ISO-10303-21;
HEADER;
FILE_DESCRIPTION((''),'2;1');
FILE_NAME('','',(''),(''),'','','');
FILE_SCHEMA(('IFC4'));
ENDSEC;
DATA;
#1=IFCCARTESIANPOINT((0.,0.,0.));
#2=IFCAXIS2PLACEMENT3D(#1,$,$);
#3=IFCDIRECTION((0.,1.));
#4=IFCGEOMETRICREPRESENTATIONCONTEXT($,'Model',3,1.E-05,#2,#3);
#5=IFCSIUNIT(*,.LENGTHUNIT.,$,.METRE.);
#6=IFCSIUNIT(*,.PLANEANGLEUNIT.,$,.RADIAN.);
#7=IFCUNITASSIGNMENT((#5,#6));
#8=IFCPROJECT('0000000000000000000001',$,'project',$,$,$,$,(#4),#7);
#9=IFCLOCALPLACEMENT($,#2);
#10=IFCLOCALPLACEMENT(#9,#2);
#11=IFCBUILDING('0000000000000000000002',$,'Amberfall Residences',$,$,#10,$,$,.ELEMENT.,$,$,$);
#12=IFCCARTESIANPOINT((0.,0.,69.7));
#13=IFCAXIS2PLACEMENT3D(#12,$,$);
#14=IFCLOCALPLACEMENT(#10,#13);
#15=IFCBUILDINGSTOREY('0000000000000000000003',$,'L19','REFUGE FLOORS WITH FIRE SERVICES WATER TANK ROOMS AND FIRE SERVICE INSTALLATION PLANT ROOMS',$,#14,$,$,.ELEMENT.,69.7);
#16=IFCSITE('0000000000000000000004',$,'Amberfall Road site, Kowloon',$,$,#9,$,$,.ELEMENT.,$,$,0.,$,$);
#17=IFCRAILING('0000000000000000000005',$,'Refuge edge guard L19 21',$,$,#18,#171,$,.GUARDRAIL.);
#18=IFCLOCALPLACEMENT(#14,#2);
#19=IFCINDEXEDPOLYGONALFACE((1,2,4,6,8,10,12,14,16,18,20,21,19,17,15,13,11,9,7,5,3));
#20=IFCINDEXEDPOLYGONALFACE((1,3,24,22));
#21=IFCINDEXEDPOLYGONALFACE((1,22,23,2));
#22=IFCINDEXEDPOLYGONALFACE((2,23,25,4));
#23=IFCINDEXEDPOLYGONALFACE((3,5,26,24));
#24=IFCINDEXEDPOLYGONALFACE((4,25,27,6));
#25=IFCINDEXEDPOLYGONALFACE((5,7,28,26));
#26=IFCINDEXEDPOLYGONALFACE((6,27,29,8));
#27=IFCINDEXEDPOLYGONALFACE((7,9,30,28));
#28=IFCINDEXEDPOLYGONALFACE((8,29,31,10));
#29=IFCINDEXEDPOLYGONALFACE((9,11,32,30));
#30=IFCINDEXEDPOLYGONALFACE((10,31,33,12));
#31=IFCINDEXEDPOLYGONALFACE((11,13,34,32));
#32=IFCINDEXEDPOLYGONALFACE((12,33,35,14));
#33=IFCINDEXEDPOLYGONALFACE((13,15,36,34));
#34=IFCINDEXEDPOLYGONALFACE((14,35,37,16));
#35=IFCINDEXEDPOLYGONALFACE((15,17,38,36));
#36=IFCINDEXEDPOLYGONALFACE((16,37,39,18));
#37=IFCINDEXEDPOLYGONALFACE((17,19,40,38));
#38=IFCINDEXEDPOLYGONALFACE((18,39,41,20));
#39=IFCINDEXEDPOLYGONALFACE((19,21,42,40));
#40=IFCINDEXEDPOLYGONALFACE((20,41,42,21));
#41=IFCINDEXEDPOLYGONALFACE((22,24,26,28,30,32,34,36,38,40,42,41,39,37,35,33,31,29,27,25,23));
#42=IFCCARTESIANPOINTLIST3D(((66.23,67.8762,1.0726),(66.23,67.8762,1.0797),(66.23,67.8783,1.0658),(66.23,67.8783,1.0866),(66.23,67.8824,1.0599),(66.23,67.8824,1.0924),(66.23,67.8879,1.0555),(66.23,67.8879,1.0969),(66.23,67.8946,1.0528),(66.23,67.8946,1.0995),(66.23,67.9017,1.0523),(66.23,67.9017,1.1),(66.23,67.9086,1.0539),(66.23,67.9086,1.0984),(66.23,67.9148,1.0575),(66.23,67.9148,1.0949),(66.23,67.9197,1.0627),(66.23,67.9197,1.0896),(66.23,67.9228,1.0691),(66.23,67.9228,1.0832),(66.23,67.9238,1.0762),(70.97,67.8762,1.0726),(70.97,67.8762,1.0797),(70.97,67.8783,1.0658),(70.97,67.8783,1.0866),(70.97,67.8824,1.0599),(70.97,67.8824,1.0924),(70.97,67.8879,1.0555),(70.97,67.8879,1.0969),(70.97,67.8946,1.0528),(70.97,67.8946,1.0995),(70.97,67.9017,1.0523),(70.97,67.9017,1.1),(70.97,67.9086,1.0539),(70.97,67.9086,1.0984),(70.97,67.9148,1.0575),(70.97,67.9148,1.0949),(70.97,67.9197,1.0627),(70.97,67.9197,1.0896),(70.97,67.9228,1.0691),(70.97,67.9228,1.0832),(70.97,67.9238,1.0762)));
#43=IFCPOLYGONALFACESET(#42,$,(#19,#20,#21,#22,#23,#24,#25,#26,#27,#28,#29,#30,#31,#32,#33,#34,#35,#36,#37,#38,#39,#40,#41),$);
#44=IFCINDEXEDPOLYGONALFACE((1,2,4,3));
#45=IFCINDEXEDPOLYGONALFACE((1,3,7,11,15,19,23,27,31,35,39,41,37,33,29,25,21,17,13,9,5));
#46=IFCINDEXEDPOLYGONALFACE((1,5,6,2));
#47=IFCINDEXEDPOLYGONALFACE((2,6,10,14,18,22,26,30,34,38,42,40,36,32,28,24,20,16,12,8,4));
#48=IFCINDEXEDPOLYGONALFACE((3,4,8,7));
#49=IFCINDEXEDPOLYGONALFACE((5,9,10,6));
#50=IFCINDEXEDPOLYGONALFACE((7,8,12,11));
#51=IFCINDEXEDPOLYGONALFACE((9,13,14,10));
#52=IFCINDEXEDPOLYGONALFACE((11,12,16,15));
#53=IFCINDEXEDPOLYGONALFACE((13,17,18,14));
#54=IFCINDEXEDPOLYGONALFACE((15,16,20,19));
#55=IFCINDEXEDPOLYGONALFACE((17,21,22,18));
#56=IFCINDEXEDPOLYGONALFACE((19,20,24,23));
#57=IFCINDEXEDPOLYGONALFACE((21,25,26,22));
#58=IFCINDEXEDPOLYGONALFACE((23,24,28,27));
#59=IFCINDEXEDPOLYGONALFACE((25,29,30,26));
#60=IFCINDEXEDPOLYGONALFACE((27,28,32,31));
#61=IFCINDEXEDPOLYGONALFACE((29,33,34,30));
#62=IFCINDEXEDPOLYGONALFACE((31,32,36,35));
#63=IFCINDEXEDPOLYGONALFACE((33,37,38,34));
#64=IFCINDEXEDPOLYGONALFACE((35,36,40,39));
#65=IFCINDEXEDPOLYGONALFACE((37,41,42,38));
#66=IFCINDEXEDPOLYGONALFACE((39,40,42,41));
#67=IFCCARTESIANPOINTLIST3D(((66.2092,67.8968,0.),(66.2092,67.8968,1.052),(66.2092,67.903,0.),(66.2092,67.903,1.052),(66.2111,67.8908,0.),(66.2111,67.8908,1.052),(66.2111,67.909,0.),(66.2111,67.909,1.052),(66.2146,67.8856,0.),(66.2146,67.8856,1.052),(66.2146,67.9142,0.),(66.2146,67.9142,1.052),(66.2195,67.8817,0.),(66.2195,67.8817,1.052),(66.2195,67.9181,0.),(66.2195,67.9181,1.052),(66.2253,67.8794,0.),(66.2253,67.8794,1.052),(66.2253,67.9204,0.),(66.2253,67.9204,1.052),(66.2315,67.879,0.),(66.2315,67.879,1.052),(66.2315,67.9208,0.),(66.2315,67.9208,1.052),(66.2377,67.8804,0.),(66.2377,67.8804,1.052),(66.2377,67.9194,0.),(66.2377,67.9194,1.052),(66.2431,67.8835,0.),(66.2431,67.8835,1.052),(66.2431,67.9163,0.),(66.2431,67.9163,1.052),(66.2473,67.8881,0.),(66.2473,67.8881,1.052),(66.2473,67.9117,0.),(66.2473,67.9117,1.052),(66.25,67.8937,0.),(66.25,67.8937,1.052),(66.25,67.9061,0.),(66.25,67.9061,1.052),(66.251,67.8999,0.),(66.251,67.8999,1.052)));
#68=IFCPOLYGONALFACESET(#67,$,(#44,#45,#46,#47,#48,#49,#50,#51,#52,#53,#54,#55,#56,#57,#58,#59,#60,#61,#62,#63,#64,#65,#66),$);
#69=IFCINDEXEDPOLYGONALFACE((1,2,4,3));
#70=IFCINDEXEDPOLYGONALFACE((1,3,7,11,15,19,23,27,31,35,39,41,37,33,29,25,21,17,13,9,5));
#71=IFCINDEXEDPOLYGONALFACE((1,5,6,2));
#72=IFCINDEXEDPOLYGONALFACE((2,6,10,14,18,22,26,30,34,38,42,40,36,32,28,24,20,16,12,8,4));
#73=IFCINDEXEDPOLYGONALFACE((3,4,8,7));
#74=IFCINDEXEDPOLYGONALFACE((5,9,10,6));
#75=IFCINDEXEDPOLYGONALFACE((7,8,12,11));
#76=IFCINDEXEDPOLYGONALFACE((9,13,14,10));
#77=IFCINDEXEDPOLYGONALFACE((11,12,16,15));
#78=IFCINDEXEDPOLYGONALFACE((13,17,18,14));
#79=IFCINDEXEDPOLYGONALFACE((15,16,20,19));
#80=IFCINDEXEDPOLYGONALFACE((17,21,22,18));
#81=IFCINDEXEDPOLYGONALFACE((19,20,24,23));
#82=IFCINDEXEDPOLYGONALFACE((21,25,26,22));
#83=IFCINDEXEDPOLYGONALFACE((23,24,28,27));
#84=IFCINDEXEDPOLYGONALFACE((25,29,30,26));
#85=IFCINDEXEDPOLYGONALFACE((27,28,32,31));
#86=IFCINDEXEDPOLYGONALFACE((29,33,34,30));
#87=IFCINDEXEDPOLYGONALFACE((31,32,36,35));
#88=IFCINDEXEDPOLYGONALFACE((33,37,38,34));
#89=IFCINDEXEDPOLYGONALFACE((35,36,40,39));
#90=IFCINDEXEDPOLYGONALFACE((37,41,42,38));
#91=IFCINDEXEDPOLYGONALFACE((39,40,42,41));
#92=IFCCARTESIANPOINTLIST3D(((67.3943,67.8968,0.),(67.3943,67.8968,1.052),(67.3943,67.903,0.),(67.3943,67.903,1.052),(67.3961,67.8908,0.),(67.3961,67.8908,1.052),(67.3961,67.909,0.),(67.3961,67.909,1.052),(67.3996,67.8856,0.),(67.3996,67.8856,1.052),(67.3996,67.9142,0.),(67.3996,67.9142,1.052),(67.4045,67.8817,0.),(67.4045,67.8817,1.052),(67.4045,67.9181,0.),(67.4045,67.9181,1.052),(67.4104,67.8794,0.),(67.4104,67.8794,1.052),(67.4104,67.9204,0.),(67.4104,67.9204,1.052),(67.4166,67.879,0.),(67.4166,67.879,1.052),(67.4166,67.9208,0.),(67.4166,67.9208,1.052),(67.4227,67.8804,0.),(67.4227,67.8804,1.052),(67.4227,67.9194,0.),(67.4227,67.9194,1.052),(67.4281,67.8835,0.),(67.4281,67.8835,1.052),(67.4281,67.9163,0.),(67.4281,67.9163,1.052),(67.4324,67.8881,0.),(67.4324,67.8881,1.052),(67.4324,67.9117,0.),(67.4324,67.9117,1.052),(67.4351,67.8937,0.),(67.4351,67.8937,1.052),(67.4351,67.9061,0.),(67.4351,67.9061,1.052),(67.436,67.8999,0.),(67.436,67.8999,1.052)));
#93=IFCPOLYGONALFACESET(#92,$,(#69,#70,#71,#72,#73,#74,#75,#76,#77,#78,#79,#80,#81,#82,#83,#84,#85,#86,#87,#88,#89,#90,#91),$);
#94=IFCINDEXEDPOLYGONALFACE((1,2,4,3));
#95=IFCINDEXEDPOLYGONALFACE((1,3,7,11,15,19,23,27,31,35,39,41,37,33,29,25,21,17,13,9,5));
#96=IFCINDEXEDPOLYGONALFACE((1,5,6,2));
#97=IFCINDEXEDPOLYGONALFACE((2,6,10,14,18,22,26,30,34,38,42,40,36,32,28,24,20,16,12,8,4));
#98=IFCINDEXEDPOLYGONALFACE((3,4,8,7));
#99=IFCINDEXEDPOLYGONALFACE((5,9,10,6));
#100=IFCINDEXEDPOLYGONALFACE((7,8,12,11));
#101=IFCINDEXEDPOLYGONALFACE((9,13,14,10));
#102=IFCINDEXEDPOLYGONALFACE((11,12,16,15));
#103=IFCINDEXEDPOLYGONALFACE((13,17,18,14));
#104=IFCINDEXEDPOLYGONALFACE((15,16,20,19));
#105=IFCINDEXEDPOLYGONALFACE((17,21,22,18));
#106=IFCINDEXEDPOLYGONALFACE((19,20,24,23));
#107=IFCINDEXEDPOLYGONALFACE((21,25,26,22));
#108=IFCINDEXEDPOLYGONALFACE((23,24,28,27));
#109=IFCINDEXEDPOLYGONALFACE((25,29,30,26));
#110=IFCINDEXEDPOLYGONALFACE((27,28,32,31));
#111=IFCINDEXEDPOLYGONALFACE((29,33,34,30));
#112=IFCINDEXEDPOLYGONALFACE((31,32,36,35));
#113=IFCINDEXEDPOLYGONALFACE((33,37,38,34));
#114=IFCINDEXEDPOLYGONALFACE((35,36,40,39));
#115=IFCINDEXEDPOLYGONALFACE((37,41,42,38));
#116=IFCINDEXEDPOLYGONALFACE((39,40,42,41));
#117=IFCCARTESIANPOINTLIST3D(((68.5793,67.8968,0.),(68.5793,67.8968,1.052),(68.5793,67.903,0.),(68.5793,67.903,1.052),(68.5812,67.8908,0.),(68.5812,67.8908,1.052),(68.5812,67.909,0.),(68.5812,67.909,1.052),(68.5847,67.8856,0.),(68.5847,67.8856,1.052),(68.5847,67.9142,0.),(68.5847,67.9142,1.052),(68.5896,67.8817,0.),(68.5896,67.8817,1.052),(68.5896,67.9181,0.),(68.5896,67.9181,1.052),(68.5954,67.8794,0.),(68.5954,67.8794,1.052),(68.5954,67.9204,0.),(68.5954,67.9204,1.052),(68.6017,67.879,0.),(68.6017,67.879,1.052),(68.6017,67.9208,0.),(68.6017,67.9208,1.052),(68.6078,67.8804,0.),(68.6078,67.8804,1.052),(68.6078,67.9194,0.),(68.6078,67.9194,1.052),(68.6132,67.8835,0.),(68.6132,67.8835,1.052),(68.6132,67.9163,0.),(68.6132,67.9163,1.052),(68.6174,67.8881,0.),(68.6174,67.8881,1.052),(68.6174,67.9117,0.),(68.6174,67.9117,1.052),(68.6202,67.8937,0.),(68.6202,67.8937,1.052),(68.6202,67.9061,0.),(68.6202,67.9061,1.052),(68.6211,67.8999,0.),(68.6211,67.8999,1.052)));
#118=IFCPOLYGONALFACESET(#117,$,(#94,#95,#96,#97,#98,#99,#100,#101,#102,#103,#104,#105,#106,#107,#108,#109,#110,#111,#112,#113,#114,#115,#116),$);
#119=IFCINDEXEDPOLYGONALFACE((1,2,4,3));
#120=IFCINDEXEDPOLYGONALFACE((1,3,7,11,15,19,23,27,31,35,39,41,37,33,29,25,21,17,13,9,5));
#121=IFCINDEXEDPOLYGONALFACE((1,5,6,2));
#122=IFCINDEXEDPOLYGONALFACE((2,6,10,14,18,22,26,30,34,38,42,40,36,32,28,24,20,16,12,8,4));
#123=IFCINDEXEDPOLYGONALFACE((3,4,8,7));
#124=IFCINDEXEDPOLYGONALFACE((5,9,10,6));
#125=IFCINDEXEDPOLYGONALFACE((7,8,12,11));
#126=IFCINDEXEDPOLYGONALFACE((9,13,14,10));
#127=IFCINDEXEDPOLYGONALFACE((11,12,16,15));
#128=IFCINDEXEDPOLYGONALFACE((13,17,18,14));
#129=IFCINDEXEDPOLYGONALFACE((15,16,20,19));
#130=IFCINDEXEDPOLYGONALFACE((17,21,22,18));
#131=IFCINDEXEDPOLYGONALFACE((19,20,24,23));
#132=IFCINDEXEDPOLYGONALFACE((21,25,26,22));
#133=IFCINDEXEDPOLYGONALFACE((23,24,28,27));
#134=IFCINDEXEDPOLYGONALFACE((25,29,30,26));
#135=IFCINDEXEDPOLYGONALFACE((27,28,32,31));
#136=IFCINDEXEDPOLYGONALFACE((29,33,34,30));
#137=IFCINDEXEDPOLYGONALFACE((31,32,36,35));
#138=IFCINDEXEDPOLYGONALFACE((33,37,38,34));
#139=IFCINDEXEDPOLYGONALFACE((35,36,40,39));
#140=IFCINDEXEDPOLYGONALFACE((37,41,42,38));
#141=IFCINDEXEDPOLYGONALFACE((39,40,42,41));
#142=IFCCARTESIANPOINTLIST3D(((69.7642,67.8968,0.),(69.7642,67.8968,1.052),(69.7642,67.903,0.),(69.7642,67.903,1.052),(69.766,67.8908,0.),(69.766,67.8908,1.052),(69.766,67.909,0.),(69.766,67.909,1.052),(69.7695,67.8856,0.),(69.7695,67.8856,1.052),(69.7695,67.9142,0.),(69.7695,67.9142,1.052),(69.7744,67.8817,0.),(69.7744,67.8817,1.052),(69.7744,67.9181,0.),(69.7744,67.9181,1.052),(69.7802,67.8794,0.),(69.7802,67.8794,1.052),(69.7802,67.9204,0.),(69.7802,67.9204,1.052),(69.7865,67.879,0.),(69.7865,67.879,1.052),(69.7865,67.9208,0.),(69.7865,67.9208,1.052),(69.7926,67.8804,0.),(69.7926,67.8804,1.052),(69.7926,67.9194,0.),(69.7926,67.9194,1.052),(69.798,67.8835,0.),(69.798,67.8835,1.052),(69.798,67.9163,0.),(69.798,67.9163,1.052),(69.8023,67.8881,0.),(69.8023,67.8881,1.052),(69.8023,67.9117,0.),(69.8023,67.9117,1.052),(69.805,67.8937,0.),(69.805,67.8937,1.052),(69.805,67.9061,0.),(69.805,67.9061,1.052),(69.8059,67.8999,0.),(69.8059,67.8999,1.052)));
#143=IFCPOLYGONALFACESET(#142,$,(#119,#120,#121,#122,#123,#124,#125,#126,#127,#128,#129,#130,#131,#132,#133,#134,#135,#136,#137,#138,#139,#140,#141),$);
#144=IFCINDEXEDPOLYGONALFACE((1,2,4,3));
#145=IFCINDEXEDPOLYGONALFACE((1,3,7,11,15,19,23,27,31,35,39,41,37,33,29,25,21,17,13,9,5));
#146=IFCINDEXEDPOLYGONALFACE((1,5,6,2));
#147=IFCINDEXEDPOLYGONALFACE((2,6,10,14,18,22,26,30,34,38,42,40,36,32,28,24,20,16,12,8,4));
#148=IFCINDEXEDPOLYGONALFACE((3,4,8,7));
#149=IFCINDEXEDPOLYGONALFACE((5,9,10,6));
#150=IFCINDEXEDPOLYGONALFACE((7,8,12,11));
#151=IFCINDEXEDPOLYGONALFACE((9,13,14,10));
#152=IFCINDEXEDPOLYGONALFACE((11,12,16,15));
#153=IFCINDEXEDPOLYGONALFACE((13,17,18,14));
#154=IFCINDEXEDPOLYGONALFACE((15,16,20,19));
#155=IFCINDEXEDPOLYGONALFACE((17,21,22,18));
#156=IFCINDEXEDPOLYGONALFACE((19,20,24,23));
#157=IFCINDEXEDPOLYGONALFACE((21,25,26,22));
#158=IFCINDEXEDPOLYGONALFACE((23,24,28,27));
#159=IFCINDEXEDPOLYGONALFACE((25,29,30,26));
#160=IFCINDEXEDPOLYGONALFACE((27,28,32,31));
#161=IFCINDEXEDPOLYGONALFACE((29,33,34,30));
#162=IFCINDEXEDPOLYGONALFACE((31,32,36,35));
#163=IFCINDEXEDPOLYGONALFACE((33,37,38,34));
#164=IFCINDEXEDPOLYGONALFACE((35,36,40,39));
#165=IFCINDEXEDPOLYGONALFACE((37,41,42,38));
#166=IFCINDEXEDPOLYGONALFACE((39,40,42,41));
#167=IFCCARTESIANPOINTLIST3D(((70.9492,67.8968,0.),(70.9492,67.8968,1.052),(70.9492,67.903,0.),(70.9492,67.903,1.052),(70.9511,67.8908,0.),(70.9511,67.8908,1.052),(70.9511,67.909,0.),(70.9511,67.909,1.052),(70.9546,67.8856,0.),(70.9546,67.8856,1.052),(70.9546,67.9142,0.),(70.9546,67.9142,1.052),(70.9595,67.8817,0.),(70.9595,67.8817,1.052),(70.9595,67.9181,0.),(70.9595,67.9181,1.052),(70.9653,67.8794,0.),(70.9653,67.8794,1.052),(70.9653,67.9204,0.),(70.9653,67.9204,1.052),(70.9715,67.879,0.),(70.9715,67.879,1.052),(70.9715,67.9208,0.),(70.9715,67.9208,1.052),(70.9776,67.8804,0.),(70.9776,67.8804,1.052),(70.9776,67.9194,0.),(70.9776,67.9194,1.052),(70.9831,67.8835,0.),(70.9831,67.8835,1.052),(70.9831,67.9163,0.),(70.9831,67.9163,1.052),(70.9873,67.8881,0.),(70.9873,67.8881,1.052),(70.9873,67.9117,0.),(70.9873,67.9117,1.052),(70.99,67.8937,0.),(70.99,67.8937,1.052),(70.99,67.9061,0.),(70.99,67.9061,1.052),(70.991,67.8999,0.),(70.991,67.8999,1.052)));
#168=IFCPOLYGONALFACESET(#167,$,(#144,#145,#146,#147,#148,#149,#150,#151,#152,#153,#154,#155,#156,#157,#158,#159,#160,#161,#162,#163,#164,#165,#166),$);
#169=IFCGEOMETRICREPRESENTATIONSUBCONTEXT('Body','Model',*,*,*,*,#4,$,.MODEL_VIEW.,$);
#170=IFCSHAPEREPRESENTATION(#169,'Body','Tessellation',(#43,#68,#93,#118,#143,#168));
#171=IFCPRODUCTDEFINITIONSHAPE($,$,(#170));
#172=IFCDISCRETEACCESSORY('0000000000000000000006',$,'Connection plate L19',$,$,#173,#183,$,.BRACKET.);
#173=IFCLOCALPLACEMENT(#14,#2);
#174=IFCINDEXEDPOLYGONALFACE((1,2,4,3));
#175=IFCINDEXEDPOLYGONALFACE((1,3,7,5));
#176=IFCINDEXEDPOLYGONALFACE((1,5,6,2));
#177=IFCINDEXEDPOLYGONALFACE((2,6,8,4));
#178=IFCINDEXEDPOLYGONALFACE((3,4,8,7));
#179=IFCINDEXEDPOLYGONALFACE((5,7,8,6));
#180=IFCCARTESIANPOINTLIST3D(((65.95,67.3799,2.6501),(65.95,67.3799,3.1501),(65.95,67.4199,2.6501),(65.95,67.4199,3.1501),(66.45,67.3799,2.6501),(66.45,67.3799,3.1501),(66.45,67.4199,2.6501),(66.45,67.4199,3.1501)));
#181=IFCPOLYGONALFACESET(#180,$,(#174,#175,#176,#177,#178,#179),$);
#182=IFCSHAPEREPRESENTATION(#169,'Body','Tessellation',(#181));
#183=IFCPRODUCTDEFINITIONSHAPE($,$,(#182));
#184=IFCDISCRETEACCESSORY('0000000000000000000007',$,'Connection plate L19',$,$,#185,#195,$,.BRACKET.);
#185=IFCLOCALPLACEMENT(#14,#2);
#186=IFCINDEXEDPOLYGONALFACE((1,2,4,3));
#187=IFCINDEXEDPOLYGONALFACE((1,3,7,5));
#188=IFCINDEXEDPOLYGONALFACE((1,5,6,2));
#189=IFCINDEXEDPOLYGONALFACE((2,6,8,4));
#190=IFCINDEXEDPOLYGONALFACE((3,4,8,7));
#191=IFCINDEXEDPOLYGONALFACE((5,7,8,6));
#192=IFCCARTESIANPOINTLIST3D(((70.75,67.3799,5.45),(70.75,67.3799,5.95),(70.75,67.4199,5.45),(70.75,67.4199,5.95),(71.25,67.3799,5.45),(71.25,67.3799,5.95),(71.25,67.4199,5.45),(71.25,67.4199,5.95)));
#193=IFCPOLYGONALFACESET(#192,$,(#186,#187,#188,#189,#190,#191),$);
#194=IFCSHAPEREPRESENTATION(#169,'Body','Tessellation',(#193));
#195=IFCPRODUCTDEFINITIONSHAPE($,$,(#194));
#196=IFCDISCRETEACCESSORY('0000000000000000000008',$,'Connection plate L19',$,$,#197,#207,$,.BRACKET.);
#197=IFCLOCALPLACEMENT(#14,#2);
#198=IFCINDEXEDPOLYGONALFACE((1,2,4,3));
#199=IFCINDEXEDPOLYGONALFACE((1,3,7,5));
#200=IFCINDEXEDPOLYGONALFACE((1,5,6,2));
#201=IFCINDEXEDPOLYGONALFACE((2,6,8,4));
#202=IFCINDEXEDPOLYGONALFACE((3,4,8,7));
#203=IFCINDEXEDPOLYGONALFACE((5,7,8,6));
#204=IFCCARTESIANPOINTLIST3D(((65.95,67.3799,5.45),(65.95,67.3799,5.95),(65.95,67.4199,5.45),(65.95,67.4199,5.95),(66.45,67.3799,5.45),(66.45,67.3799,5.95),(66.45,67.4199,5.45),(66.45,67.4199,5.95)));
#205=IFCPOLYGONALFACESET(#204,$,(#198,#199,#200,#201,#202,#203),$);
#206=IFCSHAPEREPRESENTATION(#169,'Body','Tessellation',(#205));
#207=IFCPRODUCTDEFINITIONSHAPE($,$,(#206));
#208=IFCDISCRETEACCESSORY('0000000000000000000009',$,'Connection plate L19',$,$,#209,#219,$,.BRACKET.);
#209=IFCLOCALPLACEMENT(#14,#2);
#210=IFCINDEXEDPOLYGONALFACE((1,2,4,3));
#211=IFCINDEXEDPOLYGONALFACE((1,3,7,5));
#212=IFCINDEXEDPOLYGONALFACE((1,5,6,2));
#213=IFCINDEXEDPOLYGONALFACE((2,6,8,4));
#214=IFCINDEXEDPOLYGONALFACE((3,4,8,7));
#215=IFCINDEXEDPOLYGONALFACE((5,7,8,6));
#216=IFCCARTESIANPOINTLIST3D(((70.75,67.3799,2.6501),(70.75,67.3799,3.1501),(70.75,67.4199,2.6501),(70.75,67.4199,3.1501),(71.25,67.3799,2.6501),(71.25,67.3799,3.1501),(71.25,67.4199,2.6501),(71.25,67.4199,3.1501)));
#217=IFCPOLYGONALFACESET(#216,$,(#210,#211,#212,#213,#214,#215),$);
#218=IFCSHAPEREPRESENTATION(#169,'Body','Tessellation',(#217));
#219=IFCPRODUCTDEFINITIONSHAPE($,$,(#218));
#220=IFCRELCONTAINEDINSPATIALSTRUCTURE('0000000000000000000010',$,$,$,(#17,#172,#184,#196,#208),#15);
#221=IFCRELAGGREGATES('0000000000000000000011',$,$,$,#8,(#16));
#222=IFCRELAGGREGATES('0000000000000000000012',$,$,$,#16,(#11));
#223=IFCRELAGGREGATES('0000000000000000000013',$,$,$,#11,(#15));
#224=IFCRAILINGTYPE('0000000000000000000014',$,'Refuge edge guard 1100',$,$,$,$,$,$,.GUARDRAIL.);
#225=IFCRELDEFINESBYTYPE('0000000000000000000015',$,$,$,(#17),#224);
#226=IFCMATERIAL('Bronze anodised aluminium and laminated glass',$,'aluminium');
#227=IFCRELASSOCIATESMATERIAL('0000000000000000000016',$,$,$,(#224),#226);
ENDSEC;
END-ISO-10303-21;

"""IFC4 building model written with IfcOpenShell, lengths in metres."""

from ifc_helpers import new_model, si_unit, direction, frame, origin, origin_2d, place, context, subcontext, project, spatial, rectangle, circle, extrude, material, type_object, element, save


model = new_model("IFC4")

# Units and contexts
model_context = context("Model", 3, precision=1e-05, world=origin(), true_north=direction((0.0, 1.0)))
body_context = subcontext(model_context, "Body", "Model", "MODEL_VIEW")
ifc_project = project(units=[si_unit("LENGTHUNIT", "METRE"), si_unit("PLANEANGLEUNIT", "RADIAN")], contexts=[model_context])

# Site, building, storey
site_placement = place(None, origin())
site = spatial("IfcSite", under=ifc_project, at=site_placement, Name="Amberfall Road site, Kowloon", CompositionType="ELEMENT", RefElevation=0.0)
building_placement = place(site_placement, origin())
building = spatial("IfcBuilding", under=site, at=building_placement, Name="Amberfall Residences", CompositionType="ELEMENT")
storey_placement = place(building_placement, frame((0.0, 0.0, 69.7)))
storey = spatial("IfcBuildingStorey", under=building, at=storey_placement, Name="L19", Description="REFUGE FLOORS WITH FIRE SERVICES WATER TANK ROOMS AND FIRE SERVICE INSTALLATION PLANT ROOMS", CompositionType="ELEMENT", Elevation=69.7)

# Railing
ifc_material_1 = material(Name="Bronze anodised aluminium and laminated glass", Category="aluminium")
railing_type = type_object("IfcRailingType", Name="Refuge edge guard 1100", PredefinedType="GUARDRAIL", material=ifc_material_1)
railing_placement = place(storey_placement, frame((66.23, 67.8999, 0.0)))
element("IfcRailing", 1, at=railing_placement, inside=storey, type_object=railing_type, Name="Refuge edge guard L19 21", PredefinedType="GUARDRAIL", context=body_context, shape_type="SweptSolid", body=[
    extrude(circle(Radius=0.0239, at=origin_2d()), frame((0.0, 0.0, 1.0762), z_axis=(1.0, 0.0, 0.0), x_axis=(0.0, 1.0, 0.0)), (0.0, 0.0, 1.0), 4.74),
    extrude(circle(Radius=0.021, at=origin_2d()), origin(), (0.0, 0.0, 1.0), 1.052),
    extrude(circle(Radius=0.021, at=origin_2d()), frame((1.1851, 0.0, 0.0)), (0.0, 0.0, 1.0), 1.052),
    extrude(circle(Radius=0.021, at=origin_2d()), frame((2.3701, 0.0, 0.0)), (0.0, 0.0, 1.0), 1.052),
    extrude(circle(Radius=0.021, at=origin_2d()), frame((3.5549, 0.0, 0.0)), (0.0, 0.0, 1.0), 1.052),
    extrude(circle(Radius=0.021, at=origin_2d()), frame((4.74, 0.0, 0.0)), (0.0, 0.0, 1.0), 1.052),
])

# Discrete accessories
for number, where, z_axis, x_axis, name in (
    (2, (66.2, 67.3999, 2.6501), (0.0, 0.0, 1.0), (1.0, 0.0, 0.0), "Connection plate L19"),
    (3, (71.0, 67.3999, 5.45), (0.0, 0.0, 1.0), (1.0, 0.0, 0.0), "Connection plate L19"),
    (4, (66.2, 67.3999, 5.45), (0.0, 0.0, 1.0), (1.0, 0.0, 0.0), "Connection plate L19"),
    (5, (71.0, 67.3999, 2.6501), (0.0, 0.0, 1.0), (1.0, 0.0, 0.0), "Connection plate L19"),
):
    element("IfcDiscreteAccessory", number, at=place(storey_placement, frame(where, z_axis=z_axis, x_axis=x_axis)), inside=storey, Name=name, PredefinedType="BRACKET", context=body_context, shape_type="SweptSolid", body=[
        extrude(rectangle(XDim=0.5, YDim=0.04, at=origin_2d()), origin(), (0.0, 0.0, 1.0), 0.5),
    ])

save(model, "model.ifc")
